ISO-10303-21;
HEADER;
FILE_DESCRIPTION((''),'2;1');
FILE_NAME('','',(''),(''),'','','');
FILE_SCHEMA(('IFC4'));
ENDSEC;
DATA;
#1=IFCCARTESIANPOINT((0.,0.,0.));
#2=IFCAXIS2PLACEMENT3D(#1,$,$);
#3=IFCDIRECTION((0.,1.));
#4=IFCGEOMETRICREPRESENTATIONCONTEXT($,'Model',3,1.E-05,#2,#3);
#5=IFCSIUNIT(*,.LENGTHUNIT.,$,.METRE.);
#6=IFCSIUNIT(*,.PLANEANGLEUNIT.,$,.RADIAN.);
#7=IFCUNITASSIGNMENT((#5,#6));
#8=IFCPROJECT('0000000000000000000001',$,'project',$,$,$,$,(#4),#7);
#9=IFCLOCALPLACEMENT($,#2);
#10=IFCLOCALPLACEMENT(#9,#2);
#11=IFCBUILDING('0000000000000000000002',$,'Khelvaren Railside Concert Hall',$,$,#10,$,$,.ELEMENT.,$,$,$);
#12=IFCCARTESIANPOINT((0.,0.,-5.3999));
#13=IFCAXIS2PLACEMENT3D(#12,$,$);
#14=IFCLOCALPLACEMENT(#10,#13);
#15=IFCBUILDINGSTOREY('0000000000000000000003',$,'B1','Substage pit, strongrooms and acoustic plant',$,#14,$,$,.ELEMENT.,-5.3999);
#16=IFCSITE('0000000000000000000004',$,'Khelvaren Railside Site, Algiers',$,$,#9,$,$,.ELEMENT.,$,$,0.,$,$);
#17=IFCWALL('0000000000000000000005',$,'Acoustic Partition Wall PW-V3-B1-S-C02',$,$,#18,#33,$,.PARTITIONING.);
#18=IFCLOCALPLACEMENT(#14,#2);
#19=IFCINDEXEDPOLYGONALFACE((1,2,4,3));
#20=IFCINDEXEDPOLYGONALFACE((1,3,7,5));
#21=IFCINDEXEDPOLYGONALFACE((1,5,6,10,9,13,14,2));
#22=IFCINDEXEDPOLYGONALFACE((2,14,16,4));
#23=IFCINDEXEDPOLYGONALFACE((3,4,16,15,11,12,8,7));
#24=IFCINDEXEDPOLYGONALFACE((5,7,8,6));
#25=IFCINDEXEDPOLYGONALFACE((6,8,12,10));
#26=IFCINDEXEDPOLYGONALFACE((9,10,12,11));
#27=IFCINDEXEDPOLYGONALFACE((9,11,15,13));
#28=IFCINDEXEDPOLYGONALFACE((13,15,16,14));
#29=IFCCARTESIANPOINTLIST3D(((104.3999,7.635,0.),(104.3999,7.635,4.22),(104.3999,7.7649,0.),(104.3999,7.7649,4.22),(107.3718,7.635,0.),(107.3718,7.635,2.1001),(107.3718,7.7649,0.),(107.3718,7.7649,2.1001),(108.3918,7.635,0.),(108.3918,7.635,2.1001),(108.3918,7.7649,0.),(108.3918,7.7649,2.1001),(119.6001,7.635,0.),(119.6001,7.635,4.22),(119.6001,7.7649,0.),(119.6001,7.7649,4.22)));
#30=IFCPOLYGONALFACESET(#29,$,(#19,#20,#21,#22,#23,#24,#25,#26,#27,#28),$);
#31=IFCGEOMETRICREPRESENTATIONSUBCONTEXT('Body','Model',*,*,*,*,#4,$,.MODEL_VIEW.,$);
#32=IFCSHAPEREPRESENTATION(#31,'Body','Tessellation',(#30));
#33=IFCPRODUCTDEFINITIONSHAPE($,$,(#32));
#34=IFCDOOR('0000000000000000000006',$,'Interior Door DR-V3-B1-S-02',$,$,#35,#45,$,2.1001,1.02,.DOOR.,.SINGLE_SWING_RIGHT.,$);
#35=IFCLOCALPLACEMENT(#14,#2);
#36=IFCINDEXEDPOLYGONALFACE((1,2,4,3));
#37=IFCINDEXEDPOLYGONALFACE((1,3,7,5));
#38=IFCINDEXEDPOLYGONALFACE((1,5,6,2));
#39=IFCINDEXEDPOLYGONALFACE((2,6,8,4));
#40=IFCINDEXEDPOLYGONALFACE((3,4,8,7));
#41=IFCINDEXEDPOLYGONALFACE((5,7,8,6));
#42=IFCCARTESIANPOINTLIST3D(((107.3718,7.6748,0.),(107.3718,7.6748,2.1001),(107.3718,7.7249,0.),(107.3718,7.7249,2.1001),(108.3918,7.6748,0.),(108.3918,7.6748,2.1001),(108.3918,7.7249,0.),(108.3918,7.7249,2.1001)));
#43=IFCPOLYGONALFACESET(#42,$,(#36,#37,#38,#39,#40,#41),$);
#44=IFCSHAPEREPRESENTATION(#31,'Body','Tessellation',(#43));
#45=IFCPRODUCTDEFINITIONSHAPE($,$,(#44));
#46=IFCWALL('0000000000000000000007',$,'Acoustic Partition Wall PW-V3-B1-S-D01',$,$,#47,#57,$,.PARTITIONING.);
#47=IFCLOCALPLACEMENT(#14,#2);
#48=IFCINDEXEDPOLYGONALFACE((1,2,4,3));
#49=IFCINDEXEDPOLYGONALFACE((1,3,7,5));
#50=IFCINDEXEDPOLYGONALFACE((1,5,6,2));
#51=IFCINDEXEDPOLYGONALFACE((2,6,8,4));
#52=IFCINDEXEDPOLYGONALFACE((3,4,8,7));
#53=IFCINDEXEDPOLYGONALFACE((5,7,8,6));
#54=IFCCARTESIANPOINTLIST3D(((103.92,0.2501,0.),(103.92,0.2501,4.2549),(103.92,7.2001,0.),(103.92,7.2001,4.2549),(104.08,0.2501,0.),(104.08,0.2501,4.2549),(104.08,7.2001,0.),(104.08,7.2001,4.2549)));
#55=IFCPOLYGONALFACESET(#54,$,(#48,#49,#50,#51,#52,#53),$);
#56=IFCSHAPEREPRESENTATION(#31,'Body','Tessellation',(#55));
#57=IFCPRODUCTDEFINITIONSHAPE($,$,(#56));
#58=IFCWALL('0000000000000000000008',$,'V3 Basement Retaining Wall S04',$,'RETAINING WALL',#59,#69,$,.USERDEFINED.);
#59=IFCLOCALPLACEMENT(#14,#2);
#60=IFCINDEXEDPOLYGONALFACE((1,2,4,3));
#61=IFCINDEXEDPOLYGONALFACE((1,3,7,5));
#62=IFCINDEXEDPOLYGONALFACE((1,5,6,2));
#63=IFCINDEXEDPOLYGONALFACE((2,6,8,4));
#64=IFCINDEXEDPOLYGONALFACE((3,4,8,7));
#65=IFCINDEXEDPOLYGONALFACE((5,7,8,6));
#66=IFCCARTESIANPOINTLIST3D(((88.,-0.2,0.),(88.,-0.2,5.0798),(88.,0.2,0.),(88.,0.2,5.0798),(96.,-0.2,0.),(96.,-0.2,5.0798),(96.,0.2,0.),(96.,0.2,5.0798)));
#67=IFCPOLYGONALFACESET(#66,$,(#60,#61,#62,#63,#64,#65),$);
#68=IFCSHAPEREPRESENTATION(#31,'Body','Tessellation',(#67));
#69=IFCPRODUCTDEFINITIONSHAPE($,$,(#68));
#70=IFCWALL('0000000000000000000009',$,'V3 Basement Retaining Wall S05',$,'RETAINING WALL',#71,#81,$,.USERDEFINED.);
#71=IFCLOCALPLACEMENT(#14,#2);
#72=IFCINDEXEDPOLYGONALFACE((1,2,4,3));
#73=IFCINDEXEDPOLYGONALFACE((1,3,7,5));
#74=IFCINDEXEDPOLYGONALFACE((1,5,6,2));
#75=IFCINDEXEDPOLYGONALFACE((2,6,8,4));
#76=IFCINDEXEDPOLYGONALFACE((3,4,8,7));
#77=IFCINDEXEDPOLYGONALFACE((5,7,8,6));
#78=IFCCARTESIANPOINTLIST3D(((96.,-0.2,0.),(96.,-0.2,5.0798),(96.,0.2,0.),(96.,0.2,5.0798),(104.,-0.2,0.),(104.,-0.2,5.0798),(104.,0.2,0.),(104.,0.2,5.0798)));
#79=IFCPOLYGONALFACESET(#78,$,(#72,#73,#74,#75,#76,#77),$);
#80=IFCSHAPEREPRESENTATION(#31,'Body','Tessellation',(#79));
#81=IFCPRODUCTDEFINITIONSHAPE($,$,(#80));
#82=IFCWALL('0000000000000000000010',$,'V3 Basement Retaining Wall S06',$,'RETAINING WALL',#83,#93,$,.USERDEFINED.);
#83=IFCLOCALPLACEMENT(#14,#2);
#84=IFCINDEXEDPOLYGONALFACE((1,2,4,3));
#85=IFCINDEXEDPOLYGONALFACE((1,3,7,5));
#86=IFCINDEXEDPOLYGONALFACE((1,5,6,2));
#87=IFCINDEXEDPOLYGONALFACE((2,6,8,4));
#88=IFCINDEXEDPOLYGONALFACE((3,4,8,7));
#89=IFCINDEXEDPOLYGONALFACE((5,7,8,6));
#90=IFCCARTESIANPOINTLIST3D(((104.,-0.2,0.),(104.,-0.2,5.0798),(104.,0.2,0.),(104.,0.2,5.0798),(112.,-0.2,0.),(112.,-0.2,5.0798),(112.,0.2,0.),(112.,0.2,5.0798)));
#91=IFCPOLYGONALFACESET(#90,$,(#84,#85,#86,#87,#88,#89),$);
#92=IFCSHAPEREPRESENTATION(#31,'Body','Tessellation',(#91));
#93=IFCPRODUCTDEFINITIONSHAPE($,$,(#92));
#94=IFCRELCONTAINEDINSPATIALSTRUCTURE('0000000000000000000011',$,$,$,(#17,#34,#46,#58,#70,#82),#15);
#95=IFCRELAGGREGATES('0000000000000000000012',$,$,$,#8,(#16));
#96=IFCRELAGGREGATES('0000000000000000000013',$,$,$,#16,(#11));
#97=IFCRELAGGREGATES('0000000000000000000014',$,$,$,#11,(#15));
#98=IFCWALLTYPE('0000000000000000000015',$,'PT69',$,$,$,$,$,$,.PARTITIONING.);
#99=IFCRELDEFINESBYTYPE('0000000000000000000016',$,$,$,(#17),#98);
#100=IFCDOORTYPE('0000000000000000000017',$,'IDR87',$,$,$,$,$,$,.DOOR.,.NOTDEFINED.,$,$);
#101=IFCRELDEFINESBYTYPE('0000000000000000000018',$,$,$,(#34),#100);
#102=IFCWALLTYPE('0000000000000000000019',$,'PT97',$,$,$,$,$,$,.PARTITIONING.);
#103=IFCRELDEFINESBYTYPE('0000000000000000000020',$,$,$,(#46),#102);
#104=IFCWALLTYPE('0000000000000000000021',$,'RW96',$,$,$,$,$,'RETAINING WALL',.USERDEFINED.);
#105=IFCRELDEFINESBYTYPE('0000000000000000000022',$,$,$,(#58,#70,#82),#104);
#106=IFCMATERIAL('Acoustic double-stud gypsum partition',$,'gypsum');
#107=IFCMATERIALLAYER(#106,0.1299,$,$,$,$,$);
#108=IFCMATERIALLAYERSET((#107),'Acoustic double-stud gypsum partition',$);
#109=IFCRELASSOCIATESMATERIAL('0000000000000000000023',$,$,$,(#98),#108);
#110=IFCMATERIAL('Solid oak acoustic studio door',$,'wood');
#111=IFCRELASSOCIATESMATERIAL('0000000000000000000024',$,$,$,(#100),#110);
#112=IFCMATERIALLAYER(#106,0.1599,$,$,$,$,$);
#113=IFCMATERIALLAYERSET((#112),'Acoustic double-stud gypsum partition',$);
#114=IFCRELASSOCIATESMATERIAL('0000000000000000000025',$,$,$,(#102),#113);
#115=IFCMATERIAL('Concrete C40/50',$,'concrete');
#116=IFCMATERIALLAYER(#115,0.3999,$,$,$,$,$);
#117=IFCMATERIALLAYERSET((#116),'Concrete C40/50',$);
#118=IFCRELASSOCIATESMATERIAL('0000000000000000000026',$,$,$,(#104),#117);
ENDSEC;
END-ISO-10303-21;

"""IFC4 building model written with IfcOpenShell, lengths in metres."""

from ifc_helpers import new_model, si_unit, direction, frame, frame_2d, origin, place, context, subcontext, project, spatial, rectangle, extrude, material, layer, layer_set, type_object, element, fill, save


model = new_model("IFC4")

# Units and contexts
model_context = context("Model", 3, precision=1e-05, world=origin(), true_north=direction((0.0, 1.0)))
body_context = subcontext(model_context, "Body", "Model", "MODEL_VIEW")
ifc_project = project(units=[si_unit("LENGTHUNIT", "METRE"), si_unit("PLANEANGLEUNIT", "RADIAN")], contexts=[model_context])

# Site, building, storey
site_placement = place(None, origin())
site = spatial("IfcSite", under=ifc_project, at=site_placement, Name="Khelvaren Railside Site, Algiers", CompositionType="ELEMENT", RefElevation=0.0)
building_placement = place(site_placement, origin())
building = spatial("IfcBuilding", under=site, at=building_placement, Name="Khelvaren Railside Concert Hall", CompositionType="ELEMENT")
storey_placement = place(building_placement, frame((0.0, 0.0, -5.3999)))
storey = spatial("IfcBuildingStorey", under=building, at=storey_placement, Name="B1", Description="Substage pit, strongrooms and acoustic plant", CompositionType="ELEMENT", Elevation=-5.3999)

# Wall, opening, door
ifc_material_1 = material(Name="Acoustic double-stud gypsum partition", Category="gypsum")
ifc_layer_1 = layer(ifc_material_1, 0.1299)
ifc_layer_set_1 = layer_set([ifc_layer_1], Name="Acoustic double-stud gypsum partition")
wall_type_1 = type_object("IfcWallType", Name="PT69", PredefinedType="PARTITIONING", material=ifc_layer_set_1)
wall_1_placement = place(storey_placement, frame((104.3999, 7.7, 0.0), z_axis=(0.0, 0.0, 1.0), x_axis=(1.0, 0.0, 0.0)))
wall_1 = element("IfcWall", 1, at=wall_1_placement, inside=storey, type_object=wall_type_1, Name="Acoustic Partition Wall PW-V3-B1-S-C02", PredefinedType="PARTITIONING", context=body_context, shape_type="SweptSolid", body=[
    extrude(rectangle(XDim=15.2002, YDim=0.1299, at=frame_2d((7.6001, 0.0))), origin(), (0.0, 0.0, 1.0), 4.22),
])
opening_placement = place(wall_1_placement, frame((2.9719, 0.0, 0.0)))
opening = element("IfcOpeningElement", 2, at=opening_placement, cuts=wall_1, PredefinedType="OPENING", context=body_context, shape_type="SweptSolid", body=[
    extrude(rectangle(XDim=1.02, YDim=2.1001, at=frame_2d((0.51, 1.05))), frame((0.0, 0.075, 0.0), z_axis=(0.0, -1.0, 0.0), x_axis=(1.0, 0.0, 0.0)), (0.0, 0.0, 1.0), 0.1499),
])
ifc_material_2 = material(Name="Solid oak acoustic studio door", Category="wood")
door_type = type_object("IfcDoorType", Name="IDR87", OperationType="NOTDEFINED", PredefinedType="DOOR", material=ifc_material_2)
door_placement = place(opening_placement, origin())
door = element("IfcDoor", 3, at=door_placement, inside=storey, type_object=door_type, Name="Interior Door DR-V3-B1-S-02", OperationType="SINGLE_SWING_RIGHT", OverallHeight=2.1001, OverallWidth=1.02, PredefinedType="DOOR", context=body_context, shape_type="SweptSolid", body=[
    extrude(rectangle(XDim=1.02, YDim=2.1001, at=frame_2d((0.51, 1.05))), frame((0.0, 0.0249, 0.0), z_axis=(0.0, -1.0, 0.0), x_axis=(1.0, 0.0, 0.0)), (0.0, 0.0, 1.0), 0.05),
])
fill(opening, door)

# Walls
ifc_layer_2 = layer(ifc_material_1, 0.1599)
ifc_layer_set_2 = layer_set([ifc_layer_2], Name="Acoustic double-stud gypsum partition")
wall_type_2 = type_object("IfcWallType", Name="PT97", PredefinedType="PARTITIONING", material=ifc_layer_set_2)
wall_2_placement = place(storey_placement, frame((104.0, 0.25, 0.0), z_axis=(0.0, 0.0, 1.0), x_axis=(0.0, 1.0, 0.0)))
element("IfcWall", 4, at=wall_2_placement, inside=storey, type_object=wall_type_2, Name="Acoustic Partition Wall PW-V3-B1-S-D01", PredefinedType="PARTITIONING", context=body_context, shape_type="SweptSolid", body=[
    extrude(rectangle(XDim=6.95, YDim=0.1599, at=frame_2d((3.4751, 0.0))), origin(), (0.0, 0.0, 1.0), 4.2549),
])
ifc_material_3 = material(Name="Concrete C40/50", Category="concrete")
ifc_layer_3 = layer(ifc_material_3, 0.3999)
ifc_layer_set_3 = layer_set([ifc_layer_3], Name="Concrete C40/50")
wall_type_3 = type_object("IfcWallType", Name="RW96", ElementType="RETAINING WALL", PredefinedType="USERDEFINED", material=ifc_layer_set_3)
for number, where, z_axis, x_axis, name in (
    (5, (88.0, 0.0, 0.0), (0.0, 0.0, 1.0), (1.0, 0.0, 0.0), "V3 Basement Retaining Wall S04"),
    (6, (96.0, 0.0, 0.0), (0.0, 0.0, 1.0), (1.0, 0.0, 0.0), "V3 Basement Retaining Wall S05"),
    (7, (104.0, 0.0, 0.0), (0.0, 0.0, 1.0), (1.0, 0.0, 0.0), "V3 Basement Retaining Wall S06"),
):
    element("IfcWall", number, at=place(storey_placement, frame(where, z_axis=z_axis, x_axis=x_axis)), inside=storey, type_object=wall_type_3, Name=name, ObjectType="RETAINING WALL", PredefinedType="USERDEFINED", context=body_context, shape_type="SweptSolid", body=[
        extrude(rectangle(XDim=8.0, YDim=0.3999, at=frame_2d((4.0, 0.0))), origin(), (0.0, 0.0, 1.0), 5.0798),
    ])

save(model, "model.ifc")
